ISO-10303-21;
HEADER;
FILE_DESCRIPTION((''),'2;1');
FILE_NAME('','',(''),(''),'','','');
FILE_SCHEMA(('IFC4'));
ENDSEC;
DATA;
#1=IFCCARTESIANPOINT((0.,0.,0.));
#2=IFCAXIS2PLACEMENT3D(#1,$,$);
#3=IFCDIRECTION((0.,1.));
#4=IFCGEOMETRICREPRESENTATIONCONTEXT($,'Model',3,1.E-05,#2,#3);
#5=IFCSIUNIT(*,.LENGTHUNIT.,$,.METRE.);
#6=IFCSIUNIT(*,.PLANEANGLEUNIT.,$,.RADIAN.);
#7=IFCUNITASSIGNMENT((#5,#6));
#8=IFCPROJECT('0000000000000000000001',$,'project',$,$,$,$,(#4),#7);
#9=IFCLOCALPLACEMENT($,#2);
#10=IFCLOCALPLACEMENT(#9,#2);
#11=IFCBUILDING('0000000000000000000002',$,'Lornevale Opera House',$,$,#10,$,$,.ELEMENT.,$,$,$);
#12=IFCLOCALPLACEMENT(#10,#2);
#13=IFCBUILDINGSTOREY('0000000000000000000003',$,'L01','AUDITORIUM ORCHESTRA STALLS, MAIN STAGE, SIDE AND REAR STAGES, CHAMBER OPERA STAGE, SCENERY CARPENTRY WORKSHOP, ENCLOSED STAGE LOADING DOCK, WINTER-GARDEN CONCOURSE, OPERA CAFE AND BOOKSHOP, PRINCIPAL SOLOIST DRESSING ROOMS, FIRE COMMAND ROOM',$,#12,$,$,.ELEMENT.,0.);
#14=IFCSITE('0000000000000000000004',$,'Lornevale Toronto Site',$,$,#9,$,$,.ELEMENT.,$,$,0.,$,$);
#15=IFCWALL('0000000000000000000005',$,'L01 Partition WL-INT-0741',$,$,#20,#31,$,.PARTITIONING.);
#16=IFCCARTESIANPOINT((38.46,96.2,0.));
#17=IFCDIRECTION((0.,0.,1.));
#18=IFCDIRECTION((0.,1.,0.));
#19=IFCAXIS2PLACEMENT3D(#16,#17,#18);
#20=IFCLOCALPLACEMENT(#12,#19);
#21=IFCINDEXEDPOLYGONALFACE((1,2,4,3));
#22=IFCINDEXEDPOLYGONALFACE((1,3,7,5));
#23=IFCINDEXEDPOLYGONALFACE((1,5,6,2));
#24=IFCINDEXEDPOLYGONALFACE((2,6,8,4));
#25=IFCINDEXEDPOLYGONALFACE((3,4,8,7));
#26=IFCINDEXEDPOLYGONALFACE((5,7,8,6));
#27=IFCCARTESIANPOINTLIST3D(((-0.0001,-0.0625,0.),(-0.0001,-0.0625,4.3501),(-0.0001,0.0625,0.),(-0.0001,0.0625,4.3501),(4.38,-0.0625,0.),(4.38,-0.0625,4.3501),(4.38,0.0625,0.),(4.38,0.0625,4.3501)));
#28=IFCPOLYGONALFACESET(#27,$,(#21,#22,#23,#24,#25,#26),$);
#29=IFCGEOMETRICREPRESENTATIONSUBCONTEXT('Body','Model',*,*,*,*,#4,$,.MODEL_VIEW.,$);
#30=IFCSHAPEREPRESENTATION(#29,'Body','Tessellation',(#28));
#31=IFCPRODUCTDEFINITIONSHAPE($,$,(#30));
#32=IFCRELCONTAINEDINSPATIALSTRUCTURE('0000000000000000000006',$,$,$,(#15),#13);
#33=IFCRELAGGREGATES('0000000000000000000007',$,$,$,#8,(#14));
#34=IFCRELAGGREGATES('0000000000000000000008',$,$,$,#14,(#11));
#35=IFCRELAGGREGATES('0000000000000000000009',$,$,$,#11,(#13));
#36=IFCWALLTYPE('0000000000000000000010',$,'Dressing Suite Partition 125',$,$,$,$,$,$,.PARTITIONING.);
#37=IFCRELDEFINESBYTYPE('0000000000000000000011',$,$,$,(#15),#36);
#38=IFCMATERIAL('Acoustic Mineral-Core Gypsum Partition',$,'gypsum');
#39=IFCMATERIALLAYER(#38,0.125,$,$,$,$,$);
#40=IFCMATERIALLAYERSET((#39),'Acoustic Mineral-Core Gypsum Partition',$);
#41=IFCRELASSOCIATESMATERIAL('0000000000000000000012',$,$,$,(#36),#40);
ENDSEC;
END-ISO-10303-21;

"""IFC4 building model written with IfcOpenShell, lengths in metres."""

from ifc_helpers import new_model, si_unit, direction, frame, frame_2d, origin, place, context, subcontext, project, spatial, rectangle, extrude, material, layer, layer_set, type_object, element, save


model = new_model("IFC4")

# Units and contexts
model_context = context("Model", 3, precision=1e-05, world=origin(), true_north=direction((0.0, 1.0)))
body_context = subcontext(model_context, "Body", "Model", "MODEL_VIEW")
ifc_project = project(units=[si_unit("LENGTHUNIT", "METRE"), si_unit("PLANEANGLEUNIT", "RADIAN")], contexts=[model_context])

# Site, building, storey
site_placement = place(None, origin())
site = spatial("IfcSite", under=ifc_project, at=site_placement, Name="Lornevale Toronto Site", CompositionType="ELEMENT", RefElevation=0.0)
building_placement = place(site_placement, origin())
building = spatial("IfcBuilding", under=site, at=building_placement, Name="Lornevale Opera House", CompositionType="ELEMENT")
storey_placement = place(building_placement, origin())
storey = spatial("IfcBuildingStorey", under=building, at=storey_placement, Name="L01", Description="AUDITORIUM ORCHESTRA STALLS, MAIN STAGE, SIDE AND REAR STAGES, CHAMBER OPERA STAGE, SCENERY CARPENTRY WORKSHOP, ENCLOSED STAGE LOADING DOCK, WINTER-GARDEN CONCOURSE, OPERA CAFE AND BOOKSHOP, PRINCIPAL SOLOIST DRESSING ROOMS, FIRE COMMAND ROOM", CompositionType="ELEMENT", Elevation=0.0)

# Wall
ifc_material_1 = material(Name="Acoustic Mineral-Core Gypsum Partition", Category="gypsum")
ifc_layer_1 = layer(ifc_material_1, 0.125)
ifc_layer_set_1 = layer_set([ifc_layer_1], Name="Acoustic Mineral-Core Gypsum Partition")
wall_type_1 = type_object("IfcWallType", Name="Dressing Suite Partition 125", PredefinedType="PARTITIONING", material=ifc_layer_set_1)
wall_1_placement = place(storey_placement, frame((38.46, 96.2, 0.0), z_axis=(0.0, 0.0, 1.0), x_axis=(0.0, 1.0, 0.0)))
element("IfcWall", 1, at=wall_1_placement, inside=storey, type_object=wall_type_1, Name="L01 Partition WL-INT-0741", PredefinedType="PARTITIONING", context=body_context, shape_type="SweptSolid", body=[
    extrude(rectangle(XDim=4.3801, YDim=0.125, at=frame_2d((2.1899, 0.0))), origin(), (0.0, 0.0, 1.0), 4.3501),
])

save(model, "model.ifc")
